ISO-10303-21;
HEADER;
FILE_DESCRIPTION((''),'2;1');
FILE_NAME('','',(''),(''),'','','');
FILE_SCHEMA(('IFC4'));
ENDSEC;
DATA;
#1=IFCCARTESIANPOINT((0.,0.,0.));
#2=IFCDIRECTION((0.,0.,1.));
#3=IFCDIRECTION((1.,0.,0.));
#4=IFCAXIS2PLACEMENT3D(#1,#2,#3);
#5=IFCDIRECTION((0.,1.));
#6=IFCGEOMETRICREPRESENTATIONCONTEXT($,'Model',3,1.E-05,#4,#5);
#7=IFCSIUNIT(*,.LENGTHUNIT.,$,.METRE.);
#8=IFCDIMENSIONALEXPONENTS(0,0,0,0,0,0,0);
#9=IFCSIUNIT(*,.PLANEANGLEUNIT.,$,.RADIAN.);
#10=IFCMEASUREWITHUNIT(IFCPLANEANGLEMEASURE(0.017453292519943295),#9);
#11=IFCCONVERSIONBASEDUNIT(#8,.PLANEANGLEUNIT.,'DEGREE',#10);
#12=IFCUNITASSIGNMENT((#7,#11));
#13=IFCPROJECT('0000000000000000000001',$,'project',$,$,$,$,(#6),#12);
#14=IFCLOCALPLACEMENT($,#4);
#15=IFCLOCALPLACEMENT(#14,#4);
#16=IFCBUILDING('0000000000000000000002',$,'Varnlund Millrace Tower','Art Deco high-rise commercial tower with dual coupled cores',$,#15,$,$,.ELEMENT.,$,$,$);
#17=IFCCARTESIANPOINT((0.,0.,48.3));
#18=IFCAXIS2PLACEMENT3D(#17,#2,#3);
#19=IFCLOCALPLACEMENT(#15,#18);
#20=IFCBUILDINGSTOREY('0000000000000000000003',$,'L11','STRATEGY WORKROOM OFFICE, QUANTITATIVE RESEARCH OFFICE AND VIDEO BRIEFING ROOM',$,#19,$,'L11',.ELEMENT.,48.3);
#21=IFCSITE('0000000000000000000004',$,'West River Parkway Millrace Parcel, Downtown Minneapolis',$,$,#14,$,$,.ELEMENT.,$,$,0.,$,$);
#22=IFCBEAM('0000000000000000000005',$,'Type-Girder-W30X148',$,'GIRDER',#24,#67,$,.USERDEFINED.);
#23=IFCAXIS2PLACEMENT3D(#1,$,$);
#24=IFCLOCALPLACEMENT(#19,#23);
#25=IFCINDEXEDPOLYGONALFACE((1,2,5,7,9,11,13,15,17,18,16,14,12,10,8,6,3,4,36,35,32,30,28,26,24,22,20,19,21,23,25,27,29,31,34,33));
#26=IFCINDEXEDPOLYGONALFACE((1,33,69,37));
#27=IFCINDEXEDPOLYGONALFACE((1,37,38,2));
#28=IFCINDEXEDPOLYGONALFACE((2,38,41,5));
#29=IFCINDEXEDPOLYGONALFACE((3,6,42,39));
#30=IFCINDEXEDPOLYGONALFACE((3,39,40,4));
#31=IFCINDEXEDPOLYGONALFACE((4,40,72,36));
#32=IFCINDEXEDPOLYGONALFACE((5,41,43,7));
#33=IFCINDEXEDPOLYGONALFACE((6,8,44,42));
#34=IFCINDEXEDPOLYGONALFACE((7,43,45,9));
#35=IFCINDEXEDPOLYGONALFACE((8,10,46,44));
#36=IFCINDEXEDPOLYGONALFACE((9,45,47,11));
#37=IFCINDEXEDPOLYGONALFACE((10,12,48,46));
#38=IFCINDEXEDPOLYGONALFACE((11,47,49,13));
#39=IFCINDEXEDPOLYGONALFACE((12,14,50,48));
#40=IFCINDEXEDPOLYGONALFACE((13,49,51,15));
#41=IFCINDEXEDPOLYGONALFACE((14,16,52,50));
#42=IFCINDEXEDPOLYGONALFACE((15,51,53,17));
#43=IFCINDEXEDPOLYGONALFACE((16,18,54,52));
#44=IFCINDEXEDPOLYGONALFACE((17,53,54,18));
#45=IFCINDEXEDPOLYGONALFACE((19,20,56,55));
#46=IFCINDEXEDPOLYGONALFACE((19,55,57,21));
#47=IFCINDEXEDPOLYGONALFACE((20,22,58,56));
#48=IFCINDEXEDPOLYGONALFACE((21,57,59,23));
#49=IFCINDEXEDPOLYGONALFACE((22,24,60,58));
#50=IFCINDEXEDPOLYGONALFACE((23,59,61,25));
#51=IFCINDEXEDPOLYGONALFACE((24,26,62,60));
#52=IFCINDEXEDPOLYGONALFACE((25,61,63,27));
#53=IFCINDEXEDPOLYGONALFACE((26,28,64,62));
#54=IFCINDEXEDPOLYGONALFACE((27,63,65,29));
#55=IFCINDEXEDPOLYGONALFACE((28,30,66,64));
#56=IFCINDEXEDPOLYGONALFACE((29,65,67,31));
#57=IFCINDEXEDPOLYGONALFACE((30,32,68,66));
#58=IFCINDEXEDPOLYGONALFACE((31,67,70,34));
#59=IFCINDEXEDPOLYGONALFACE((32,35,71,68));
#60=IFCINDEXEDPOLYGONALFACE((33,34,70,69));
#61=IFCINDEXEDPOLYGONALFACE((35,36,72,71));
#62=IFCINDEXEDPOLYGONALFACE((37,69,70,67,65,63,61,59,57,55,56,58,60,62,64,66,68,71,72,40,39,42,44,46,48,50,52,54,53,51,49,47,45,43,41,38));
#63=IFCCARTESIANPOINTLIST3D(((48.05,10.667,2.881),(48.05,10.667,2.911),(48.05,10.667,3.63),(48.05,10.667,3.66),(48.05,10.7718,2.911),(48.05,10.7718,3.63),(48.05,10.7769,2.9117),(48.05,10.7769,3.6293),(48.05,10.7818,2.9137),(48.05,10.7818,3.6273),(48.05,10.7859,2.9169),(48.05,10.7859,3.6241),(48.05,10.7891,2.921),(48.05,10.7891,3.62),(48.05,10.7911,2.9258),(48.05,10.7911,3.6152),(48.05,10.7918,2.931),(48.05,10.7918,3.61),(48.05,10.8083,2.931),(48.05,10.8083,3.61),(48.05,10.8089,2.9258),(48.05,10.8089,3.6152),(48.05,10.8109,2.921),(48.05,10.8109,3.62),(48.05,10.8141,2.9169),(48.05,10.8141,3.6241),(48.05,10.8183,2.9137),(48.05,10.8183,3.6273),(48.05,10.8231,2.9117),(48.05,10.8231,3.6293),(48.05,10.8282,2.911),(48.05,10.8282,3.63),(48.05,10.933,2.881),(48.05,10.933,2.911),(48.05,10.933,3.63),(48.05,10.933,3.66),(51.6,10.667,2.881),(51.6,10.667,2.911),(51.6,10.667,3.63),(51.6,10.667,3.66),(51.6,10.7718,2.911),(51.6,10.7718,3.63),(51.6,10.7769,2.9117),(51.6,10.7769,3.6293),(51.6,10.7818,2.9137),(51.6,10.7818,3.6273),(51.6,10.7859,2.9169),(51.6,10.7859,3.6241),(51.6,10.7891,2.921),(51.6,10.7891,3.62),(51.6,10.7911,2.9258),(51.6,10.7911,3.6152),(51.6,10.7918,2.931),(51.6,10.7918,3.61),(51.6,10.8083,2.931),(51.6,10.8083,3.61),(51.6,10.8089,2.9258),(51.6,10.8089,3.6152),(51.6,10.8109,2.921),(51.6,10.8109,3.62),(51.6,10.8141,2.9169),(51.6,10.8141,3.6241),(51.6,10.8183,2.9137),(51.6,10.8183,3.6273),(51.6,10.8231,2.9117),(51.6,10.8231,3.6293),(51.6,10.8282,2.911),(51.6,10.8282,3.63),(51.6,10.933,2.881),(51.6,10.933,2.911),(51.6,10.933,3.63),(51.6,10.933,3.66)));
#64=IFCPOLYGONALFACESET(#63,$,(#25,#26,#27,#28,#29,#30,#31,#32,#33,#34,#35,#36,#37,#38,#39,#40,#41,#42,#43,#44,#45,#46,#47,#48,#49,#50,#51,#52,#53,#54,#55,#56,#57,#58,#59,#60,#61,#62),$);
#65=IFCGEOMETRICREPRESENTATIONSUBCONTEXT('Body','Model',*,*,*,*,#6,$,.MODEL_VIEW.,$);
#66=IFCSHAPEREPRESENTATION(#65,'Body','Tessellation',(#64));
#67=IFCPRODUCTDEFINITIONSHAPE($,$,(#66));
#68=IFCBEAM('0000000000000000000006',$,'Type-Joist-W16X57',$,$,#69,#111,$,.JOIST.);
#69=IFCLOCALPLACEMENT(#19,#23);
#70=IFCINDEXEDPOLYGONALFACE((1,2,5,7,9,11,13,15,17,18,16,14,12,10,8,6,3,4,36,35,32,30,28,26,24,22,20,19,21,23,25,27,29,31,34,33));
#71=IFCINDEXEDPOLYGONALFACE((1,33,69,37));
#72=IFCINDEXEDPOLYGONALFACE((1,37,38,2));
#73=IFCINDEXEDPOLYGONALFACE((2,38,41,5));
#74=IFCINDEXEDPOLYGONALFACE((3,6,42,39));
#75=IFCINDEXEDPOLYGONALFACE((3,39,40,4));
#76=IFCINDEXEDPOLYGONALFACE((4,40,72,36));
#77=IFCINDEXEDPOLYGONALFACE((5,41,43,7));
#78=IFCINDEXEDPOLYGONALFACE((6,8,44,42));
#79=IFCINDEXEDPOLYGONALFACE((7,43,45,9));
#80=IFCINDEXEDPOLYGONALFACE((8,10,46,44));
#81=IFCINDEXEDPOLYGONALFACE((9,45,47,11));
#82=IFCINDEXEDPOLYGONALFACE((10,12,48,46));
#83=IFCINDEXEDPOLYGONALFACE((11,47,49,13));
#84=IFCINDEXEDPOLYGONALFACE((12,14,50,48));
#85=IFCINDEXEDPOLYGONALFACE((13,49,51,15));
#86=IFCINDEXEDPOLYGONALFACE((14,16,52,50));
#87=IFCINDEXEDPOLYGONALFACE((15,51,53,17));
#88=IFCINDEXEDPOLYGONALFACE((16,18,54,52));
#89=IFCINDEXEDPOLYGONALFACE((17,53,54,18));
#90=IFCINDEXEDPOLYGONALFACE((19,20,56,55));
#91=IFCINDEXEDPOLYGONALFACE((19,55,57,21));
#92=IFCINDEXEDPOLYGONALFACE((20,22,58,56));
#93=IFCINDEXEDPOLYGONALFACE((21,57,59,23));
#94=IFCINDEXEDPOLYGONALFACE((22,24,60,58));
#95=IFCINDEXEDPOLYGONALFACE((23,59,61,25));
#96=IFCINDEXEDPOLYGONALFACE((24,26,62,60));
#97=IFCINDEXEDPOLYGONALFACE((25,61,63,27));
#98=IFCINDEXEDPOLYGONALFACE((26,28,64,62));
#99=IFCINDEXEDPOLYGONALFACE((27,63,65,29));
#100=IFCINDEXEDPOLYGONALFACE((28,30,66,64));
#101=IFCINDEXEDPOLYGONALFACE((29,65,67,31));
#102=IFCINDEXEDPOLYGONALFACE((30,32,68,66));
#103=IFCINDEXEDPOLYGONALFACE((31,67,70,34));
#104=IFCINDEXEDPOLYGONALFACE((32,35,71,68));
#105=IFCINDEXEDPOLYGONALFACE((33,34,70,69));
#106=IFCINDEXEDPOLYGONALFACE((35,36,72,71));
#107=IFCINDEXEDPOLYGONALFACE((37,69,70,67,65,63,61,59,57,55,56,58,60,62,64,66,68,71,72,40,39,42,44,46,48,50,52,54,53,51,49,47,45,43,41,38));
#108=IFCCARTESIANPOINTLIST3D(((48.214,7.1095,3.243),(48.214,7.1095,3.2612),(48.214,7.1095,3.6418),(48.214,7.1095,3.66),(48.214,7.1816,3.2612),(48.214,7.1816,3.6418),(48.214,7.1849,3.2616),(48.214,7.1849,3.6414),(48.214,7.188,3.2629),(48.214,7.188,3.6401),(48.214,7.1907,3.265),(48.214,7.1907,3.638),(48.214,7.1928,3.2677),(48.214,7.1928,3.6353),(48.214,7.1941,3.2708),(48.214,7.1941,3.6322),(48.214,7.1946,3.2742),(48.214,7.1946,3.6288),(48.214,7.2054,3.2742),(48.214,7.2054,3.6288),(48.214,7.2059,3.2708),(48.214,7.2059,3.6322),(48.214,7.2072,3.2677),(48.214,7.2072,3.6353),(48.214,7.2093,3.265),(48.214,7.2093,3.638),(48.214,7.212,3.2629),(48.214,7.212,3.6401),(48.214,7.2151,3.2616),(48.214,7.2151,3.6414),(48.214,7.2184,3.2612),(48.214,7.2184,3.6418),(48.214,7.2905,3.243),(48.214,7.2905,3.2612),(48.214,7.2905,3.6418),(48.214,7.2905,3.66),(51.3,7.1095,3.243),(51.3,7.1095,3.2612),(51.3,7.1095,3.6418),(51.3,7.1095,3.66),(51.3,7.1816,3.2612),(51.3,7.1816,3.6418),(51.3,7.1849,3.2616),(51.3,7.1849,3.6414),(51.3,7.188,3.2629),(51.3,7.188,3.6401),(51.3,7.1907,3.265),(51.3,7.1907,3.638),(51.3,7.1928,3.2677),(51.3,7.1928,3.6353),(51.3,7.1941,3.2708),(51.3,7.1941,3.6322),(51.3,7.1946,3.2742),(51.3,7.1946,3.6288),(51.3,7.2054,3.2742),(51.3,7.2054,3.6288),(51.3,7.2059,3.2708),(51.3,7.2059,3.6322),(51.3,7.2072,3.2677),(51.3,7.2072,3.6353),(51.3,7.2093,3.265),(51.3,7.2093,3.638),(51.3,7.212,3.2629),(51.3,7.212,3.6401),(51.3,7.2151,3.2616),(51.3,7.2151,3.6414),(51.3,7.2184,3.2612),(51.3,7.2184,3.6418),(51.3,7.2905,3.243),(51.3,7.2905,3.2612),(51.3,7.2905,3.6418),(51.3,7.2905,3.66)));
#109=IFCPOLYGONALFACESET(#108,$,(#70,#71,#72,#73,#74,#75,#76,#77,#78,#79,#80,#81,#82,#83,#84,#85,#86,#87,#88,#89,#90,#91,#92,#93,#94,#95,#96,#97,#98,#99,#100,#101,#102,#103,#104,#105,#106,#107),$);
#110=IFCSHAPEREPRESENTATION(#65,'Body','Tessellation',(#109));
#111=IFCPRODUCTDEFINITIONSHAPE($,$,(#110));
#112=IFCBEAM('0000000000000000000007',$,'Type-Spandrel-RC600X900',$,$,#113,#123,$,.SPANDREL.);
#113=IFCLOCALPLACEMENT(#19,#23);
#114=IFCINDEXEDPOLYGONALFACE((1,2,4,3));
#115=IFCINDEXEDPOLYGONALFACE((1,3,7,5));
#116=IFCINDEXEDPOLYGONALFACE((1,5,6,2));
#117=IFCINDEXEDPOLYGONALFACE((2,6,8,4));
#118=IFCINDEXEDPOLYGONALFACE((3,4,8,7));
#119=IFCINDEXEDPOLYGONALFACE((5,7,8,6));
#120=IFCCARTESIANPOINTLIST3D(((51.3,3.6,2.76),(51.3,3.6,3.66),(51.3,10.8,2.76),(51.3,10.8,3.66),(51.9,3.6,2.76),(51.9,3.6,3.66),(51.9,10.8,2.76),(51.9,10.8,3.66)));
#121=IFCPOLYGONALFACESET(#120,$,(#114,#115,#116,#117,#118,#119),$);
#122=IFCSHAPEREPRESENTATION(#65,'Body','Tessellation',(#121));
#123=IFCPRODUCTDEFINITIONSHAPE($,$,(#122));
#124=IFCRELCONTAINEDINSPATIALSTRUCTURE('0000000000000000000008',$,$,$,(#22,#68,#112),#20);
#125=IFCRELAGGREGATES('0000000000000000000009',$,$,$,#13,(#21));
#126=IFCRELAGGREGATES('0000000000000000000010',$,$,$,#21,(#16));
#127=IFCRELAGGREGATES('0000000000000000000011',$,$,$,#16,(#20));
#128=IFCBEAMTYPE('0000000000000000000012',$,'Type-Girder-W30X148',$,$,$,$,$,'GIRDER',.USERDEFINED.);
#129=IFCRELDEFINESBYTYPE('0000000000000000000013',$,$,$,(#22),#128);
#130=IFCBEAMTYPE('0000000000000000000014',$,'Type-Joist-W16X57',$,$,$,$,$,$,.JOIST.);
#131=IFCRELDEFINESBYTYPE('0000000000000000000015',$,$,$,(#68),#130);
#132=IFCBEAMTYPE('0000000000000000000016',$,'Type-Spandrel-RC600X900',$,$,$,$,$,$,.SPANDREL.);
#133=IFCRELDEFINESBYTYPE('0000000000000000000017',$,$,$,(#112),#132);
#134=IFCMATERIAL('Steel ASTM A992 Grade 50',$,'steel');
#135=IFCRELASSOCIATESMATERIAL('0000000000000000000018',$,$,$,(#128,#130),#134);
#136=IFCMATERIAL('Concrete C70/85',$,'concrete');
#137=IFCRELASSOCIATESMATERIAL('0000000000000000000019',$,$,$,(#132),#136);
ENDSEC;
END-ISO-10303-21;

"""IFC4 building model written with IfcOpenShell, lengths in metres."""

from ifc_helpers import new_model, entity, si_unit, converted_unit, direction, frame, origin_with_axes, origin_2d_with_axis, place, context, subcontext, project, spatial, rectangle, i_section, extrude, material, material_profile, profile_set, type_object, element, save


model = new_model("IFC4")

# Units and contexts
model_context = context("Model", 3, precision=1e-05, world=origin_with_axes(), true_north=direction((0.0, 1.0)))
body_context = subcontext(model_context, "Body", "Model", "MODEL_VIEW")
ifc_project = project(units=[si_unit("LENGTHUNIT", "METRE"), converted_unit("PLANEANGLEUNIT", "DEGREE", entity("IfcPlaneAngleMeasure", 0.017453292519943295), si_unit("PLANEANGLEUNIT", "RADIAN"), dimensions=[0, 0, 0, 0, 0, 0, 0])], contexts=[model_context])

# Site, building, storey
site_placement = place(None, origin_with_axes())
site = spatial("IfcSite", under=ifc_project, at=site_placement, Name="West River Parkway Millrace Parcel, Downtown Minneapolis", CompositionType="ELEMENT", RefElevation=0.0)
building_placement = place(site_placement, origin_with_axes())
building = spatial("IfcBuilding", under=site, at=building_placement, Name="Varnlund Millrace Tower", Description="Art Deco high-rise commercial tower with dual coupled cores", CompositionType="ELEMENT")
storey_placement = place(building_placement, frame((0.0, 0.0, 48.3), z_axis=(0.0, 0.0, 1.0), x_axis=(1.0, 0.0, 0.0)))
storey = spatial("IfcBuildingStorey", under=building, at=storey_placement, Name="L11", Description="STRATEGY WORKROOM OFFICE, QUANTITATIVE RESEARCH OFFICE AND VIDEO BRIEFING ROOM", LongName="L11", CompositionType="ELEMENT", Elevation=48.3)

# Beams
ifc_material_1 = material(Name="Steel ASTM A992 Grade 50", Category="steel")
ifc_material_profile_1 = material_profile(ifc_material_1, i_section(OverallWidth=0.266, OverallDepth=0.779, WebThickness=0.0165, FlangeThickness=0.03, FilletRadius=0.02, at=origin_2d_with_axis()), Name="Steel ASTM A992 Grade 50")
ifc_profile_set_1 = profile_set([ifc_material_profile_1], Name="Steel ASTM A992 Grade 50")
beam_type_1 = type_object("IfcBeamType", Name="Type-Girder-W30X148", ElementType="GIRDER", PredefinedType="USERDEFINED", material=ifc_profile_set_1)
for number, where, z_axis, x_axis, name in (
    (1, (48.05, 10.8, 3.2705), (1.0, 0.0, 0.0), (0.0, 1.0, 0.0), "Type-Girder-W30X148"),
):
    element("IfcBeam", number, at=place(storey_placement, frame(where, z_axis=z_axis, x_axis=x_axis)), inside=storey, type_object=beam_type_1, Name=name, ObjectType="GIRDER", PredefinedType="USERDEFINED", context=body_context, shape_type="SweptSolid", body=[
        extrude(i_section(OverallWidth=0.266, OverallDepth=0.779, WebThickness=0.0165, FlangeThickness=0.03, FilletRadius=0.02, at=origin_2d_with_axis()), origin_with_axes(), (0.0, 0.0, 1.0), 3.55),
    ])
ifc_material_profile_2 = material_profile(ifc_material_1, i_section(OverallWidth=0.181, OverallDepth=0.417, WebThickness=0.0109, FlangeThickness=0.0182, FilletRadius=0.013, at=origin_2d_with_axis()), Name="Steel ASTM A992 Grade 50")
ifc_profile_set_2 = profile_set([ifc_material_profile_2], Name="Steel ASTM A992 Grade 50")
beam_type_2 = type_object("IfcBeamType", Name="Type-Joist-W16X57", PredefinedType="JOIST", material=ifc_profile_set_2)
beam_1_placement = place(storey_placement, frame((48.214, 7.2, 3.4515), z_axis=(1.0, 0.0, 0.0), x_axis=(0.0, 1.0, 0.0)))
element("IfcBeam", 2, at=beam_1_placement, inside=storey, type_object=beam_type_2, Name="Type-Joist-W16X57", PredefinedType="JOIST", context=body_context, shape_type="SweptSolid", body=[
    extrude(i_section(OverallWidth=0.181, OverallDepth=0.417, WebThickness=0.0109, FlangeThickness=0.0182, FilletRadius=0.013, at=origin_2d_with_axis()), origin_with_axes(), (0.0, 0.0, 1.0), 3.086),
])
ifc_material_2 = material(Name="Concrete C70/85", Category="concrete")
ifc_material_profile_3 = material_profile(ifc_material_2, rectangle(XDim=0.6, YDim=0.9, at=origin_2d_with_axis()), Name="Concrete C70/85")
ifc_profile_set_3 = profile_set([ifc_material_profile_3], Name="Concrete C70/85")
beam_type_3 = type_object("IfcBeamType", Name="Type-Spandrel-RC600X900", PredefinedType="SPANDREL", material=ifc_profile_set_3)
beam_2_placement = place(storey_placement, frame((51.6, 3.6, 3.21), z_axis=(0.0, 1.0, 0.0), x_axis=(-1.0, 0.0, 0.0)))
element("IfcBeam", 3, at=beam_2_placement, inside=storey, type_object=beam_type_3, Name="Type-Spandrel-RC600X900", PredefinedType="SPANDREL", context=body_context, shape_type="SweptSolid", body=[
    extrude(rectangle(XDim=0.6, YDim=0.9, at=origin_2d_with_axis()), origin_with_axes(), (0.0, 0.0, 1.0), 7.2),
])

save(model, "model.ifc")
